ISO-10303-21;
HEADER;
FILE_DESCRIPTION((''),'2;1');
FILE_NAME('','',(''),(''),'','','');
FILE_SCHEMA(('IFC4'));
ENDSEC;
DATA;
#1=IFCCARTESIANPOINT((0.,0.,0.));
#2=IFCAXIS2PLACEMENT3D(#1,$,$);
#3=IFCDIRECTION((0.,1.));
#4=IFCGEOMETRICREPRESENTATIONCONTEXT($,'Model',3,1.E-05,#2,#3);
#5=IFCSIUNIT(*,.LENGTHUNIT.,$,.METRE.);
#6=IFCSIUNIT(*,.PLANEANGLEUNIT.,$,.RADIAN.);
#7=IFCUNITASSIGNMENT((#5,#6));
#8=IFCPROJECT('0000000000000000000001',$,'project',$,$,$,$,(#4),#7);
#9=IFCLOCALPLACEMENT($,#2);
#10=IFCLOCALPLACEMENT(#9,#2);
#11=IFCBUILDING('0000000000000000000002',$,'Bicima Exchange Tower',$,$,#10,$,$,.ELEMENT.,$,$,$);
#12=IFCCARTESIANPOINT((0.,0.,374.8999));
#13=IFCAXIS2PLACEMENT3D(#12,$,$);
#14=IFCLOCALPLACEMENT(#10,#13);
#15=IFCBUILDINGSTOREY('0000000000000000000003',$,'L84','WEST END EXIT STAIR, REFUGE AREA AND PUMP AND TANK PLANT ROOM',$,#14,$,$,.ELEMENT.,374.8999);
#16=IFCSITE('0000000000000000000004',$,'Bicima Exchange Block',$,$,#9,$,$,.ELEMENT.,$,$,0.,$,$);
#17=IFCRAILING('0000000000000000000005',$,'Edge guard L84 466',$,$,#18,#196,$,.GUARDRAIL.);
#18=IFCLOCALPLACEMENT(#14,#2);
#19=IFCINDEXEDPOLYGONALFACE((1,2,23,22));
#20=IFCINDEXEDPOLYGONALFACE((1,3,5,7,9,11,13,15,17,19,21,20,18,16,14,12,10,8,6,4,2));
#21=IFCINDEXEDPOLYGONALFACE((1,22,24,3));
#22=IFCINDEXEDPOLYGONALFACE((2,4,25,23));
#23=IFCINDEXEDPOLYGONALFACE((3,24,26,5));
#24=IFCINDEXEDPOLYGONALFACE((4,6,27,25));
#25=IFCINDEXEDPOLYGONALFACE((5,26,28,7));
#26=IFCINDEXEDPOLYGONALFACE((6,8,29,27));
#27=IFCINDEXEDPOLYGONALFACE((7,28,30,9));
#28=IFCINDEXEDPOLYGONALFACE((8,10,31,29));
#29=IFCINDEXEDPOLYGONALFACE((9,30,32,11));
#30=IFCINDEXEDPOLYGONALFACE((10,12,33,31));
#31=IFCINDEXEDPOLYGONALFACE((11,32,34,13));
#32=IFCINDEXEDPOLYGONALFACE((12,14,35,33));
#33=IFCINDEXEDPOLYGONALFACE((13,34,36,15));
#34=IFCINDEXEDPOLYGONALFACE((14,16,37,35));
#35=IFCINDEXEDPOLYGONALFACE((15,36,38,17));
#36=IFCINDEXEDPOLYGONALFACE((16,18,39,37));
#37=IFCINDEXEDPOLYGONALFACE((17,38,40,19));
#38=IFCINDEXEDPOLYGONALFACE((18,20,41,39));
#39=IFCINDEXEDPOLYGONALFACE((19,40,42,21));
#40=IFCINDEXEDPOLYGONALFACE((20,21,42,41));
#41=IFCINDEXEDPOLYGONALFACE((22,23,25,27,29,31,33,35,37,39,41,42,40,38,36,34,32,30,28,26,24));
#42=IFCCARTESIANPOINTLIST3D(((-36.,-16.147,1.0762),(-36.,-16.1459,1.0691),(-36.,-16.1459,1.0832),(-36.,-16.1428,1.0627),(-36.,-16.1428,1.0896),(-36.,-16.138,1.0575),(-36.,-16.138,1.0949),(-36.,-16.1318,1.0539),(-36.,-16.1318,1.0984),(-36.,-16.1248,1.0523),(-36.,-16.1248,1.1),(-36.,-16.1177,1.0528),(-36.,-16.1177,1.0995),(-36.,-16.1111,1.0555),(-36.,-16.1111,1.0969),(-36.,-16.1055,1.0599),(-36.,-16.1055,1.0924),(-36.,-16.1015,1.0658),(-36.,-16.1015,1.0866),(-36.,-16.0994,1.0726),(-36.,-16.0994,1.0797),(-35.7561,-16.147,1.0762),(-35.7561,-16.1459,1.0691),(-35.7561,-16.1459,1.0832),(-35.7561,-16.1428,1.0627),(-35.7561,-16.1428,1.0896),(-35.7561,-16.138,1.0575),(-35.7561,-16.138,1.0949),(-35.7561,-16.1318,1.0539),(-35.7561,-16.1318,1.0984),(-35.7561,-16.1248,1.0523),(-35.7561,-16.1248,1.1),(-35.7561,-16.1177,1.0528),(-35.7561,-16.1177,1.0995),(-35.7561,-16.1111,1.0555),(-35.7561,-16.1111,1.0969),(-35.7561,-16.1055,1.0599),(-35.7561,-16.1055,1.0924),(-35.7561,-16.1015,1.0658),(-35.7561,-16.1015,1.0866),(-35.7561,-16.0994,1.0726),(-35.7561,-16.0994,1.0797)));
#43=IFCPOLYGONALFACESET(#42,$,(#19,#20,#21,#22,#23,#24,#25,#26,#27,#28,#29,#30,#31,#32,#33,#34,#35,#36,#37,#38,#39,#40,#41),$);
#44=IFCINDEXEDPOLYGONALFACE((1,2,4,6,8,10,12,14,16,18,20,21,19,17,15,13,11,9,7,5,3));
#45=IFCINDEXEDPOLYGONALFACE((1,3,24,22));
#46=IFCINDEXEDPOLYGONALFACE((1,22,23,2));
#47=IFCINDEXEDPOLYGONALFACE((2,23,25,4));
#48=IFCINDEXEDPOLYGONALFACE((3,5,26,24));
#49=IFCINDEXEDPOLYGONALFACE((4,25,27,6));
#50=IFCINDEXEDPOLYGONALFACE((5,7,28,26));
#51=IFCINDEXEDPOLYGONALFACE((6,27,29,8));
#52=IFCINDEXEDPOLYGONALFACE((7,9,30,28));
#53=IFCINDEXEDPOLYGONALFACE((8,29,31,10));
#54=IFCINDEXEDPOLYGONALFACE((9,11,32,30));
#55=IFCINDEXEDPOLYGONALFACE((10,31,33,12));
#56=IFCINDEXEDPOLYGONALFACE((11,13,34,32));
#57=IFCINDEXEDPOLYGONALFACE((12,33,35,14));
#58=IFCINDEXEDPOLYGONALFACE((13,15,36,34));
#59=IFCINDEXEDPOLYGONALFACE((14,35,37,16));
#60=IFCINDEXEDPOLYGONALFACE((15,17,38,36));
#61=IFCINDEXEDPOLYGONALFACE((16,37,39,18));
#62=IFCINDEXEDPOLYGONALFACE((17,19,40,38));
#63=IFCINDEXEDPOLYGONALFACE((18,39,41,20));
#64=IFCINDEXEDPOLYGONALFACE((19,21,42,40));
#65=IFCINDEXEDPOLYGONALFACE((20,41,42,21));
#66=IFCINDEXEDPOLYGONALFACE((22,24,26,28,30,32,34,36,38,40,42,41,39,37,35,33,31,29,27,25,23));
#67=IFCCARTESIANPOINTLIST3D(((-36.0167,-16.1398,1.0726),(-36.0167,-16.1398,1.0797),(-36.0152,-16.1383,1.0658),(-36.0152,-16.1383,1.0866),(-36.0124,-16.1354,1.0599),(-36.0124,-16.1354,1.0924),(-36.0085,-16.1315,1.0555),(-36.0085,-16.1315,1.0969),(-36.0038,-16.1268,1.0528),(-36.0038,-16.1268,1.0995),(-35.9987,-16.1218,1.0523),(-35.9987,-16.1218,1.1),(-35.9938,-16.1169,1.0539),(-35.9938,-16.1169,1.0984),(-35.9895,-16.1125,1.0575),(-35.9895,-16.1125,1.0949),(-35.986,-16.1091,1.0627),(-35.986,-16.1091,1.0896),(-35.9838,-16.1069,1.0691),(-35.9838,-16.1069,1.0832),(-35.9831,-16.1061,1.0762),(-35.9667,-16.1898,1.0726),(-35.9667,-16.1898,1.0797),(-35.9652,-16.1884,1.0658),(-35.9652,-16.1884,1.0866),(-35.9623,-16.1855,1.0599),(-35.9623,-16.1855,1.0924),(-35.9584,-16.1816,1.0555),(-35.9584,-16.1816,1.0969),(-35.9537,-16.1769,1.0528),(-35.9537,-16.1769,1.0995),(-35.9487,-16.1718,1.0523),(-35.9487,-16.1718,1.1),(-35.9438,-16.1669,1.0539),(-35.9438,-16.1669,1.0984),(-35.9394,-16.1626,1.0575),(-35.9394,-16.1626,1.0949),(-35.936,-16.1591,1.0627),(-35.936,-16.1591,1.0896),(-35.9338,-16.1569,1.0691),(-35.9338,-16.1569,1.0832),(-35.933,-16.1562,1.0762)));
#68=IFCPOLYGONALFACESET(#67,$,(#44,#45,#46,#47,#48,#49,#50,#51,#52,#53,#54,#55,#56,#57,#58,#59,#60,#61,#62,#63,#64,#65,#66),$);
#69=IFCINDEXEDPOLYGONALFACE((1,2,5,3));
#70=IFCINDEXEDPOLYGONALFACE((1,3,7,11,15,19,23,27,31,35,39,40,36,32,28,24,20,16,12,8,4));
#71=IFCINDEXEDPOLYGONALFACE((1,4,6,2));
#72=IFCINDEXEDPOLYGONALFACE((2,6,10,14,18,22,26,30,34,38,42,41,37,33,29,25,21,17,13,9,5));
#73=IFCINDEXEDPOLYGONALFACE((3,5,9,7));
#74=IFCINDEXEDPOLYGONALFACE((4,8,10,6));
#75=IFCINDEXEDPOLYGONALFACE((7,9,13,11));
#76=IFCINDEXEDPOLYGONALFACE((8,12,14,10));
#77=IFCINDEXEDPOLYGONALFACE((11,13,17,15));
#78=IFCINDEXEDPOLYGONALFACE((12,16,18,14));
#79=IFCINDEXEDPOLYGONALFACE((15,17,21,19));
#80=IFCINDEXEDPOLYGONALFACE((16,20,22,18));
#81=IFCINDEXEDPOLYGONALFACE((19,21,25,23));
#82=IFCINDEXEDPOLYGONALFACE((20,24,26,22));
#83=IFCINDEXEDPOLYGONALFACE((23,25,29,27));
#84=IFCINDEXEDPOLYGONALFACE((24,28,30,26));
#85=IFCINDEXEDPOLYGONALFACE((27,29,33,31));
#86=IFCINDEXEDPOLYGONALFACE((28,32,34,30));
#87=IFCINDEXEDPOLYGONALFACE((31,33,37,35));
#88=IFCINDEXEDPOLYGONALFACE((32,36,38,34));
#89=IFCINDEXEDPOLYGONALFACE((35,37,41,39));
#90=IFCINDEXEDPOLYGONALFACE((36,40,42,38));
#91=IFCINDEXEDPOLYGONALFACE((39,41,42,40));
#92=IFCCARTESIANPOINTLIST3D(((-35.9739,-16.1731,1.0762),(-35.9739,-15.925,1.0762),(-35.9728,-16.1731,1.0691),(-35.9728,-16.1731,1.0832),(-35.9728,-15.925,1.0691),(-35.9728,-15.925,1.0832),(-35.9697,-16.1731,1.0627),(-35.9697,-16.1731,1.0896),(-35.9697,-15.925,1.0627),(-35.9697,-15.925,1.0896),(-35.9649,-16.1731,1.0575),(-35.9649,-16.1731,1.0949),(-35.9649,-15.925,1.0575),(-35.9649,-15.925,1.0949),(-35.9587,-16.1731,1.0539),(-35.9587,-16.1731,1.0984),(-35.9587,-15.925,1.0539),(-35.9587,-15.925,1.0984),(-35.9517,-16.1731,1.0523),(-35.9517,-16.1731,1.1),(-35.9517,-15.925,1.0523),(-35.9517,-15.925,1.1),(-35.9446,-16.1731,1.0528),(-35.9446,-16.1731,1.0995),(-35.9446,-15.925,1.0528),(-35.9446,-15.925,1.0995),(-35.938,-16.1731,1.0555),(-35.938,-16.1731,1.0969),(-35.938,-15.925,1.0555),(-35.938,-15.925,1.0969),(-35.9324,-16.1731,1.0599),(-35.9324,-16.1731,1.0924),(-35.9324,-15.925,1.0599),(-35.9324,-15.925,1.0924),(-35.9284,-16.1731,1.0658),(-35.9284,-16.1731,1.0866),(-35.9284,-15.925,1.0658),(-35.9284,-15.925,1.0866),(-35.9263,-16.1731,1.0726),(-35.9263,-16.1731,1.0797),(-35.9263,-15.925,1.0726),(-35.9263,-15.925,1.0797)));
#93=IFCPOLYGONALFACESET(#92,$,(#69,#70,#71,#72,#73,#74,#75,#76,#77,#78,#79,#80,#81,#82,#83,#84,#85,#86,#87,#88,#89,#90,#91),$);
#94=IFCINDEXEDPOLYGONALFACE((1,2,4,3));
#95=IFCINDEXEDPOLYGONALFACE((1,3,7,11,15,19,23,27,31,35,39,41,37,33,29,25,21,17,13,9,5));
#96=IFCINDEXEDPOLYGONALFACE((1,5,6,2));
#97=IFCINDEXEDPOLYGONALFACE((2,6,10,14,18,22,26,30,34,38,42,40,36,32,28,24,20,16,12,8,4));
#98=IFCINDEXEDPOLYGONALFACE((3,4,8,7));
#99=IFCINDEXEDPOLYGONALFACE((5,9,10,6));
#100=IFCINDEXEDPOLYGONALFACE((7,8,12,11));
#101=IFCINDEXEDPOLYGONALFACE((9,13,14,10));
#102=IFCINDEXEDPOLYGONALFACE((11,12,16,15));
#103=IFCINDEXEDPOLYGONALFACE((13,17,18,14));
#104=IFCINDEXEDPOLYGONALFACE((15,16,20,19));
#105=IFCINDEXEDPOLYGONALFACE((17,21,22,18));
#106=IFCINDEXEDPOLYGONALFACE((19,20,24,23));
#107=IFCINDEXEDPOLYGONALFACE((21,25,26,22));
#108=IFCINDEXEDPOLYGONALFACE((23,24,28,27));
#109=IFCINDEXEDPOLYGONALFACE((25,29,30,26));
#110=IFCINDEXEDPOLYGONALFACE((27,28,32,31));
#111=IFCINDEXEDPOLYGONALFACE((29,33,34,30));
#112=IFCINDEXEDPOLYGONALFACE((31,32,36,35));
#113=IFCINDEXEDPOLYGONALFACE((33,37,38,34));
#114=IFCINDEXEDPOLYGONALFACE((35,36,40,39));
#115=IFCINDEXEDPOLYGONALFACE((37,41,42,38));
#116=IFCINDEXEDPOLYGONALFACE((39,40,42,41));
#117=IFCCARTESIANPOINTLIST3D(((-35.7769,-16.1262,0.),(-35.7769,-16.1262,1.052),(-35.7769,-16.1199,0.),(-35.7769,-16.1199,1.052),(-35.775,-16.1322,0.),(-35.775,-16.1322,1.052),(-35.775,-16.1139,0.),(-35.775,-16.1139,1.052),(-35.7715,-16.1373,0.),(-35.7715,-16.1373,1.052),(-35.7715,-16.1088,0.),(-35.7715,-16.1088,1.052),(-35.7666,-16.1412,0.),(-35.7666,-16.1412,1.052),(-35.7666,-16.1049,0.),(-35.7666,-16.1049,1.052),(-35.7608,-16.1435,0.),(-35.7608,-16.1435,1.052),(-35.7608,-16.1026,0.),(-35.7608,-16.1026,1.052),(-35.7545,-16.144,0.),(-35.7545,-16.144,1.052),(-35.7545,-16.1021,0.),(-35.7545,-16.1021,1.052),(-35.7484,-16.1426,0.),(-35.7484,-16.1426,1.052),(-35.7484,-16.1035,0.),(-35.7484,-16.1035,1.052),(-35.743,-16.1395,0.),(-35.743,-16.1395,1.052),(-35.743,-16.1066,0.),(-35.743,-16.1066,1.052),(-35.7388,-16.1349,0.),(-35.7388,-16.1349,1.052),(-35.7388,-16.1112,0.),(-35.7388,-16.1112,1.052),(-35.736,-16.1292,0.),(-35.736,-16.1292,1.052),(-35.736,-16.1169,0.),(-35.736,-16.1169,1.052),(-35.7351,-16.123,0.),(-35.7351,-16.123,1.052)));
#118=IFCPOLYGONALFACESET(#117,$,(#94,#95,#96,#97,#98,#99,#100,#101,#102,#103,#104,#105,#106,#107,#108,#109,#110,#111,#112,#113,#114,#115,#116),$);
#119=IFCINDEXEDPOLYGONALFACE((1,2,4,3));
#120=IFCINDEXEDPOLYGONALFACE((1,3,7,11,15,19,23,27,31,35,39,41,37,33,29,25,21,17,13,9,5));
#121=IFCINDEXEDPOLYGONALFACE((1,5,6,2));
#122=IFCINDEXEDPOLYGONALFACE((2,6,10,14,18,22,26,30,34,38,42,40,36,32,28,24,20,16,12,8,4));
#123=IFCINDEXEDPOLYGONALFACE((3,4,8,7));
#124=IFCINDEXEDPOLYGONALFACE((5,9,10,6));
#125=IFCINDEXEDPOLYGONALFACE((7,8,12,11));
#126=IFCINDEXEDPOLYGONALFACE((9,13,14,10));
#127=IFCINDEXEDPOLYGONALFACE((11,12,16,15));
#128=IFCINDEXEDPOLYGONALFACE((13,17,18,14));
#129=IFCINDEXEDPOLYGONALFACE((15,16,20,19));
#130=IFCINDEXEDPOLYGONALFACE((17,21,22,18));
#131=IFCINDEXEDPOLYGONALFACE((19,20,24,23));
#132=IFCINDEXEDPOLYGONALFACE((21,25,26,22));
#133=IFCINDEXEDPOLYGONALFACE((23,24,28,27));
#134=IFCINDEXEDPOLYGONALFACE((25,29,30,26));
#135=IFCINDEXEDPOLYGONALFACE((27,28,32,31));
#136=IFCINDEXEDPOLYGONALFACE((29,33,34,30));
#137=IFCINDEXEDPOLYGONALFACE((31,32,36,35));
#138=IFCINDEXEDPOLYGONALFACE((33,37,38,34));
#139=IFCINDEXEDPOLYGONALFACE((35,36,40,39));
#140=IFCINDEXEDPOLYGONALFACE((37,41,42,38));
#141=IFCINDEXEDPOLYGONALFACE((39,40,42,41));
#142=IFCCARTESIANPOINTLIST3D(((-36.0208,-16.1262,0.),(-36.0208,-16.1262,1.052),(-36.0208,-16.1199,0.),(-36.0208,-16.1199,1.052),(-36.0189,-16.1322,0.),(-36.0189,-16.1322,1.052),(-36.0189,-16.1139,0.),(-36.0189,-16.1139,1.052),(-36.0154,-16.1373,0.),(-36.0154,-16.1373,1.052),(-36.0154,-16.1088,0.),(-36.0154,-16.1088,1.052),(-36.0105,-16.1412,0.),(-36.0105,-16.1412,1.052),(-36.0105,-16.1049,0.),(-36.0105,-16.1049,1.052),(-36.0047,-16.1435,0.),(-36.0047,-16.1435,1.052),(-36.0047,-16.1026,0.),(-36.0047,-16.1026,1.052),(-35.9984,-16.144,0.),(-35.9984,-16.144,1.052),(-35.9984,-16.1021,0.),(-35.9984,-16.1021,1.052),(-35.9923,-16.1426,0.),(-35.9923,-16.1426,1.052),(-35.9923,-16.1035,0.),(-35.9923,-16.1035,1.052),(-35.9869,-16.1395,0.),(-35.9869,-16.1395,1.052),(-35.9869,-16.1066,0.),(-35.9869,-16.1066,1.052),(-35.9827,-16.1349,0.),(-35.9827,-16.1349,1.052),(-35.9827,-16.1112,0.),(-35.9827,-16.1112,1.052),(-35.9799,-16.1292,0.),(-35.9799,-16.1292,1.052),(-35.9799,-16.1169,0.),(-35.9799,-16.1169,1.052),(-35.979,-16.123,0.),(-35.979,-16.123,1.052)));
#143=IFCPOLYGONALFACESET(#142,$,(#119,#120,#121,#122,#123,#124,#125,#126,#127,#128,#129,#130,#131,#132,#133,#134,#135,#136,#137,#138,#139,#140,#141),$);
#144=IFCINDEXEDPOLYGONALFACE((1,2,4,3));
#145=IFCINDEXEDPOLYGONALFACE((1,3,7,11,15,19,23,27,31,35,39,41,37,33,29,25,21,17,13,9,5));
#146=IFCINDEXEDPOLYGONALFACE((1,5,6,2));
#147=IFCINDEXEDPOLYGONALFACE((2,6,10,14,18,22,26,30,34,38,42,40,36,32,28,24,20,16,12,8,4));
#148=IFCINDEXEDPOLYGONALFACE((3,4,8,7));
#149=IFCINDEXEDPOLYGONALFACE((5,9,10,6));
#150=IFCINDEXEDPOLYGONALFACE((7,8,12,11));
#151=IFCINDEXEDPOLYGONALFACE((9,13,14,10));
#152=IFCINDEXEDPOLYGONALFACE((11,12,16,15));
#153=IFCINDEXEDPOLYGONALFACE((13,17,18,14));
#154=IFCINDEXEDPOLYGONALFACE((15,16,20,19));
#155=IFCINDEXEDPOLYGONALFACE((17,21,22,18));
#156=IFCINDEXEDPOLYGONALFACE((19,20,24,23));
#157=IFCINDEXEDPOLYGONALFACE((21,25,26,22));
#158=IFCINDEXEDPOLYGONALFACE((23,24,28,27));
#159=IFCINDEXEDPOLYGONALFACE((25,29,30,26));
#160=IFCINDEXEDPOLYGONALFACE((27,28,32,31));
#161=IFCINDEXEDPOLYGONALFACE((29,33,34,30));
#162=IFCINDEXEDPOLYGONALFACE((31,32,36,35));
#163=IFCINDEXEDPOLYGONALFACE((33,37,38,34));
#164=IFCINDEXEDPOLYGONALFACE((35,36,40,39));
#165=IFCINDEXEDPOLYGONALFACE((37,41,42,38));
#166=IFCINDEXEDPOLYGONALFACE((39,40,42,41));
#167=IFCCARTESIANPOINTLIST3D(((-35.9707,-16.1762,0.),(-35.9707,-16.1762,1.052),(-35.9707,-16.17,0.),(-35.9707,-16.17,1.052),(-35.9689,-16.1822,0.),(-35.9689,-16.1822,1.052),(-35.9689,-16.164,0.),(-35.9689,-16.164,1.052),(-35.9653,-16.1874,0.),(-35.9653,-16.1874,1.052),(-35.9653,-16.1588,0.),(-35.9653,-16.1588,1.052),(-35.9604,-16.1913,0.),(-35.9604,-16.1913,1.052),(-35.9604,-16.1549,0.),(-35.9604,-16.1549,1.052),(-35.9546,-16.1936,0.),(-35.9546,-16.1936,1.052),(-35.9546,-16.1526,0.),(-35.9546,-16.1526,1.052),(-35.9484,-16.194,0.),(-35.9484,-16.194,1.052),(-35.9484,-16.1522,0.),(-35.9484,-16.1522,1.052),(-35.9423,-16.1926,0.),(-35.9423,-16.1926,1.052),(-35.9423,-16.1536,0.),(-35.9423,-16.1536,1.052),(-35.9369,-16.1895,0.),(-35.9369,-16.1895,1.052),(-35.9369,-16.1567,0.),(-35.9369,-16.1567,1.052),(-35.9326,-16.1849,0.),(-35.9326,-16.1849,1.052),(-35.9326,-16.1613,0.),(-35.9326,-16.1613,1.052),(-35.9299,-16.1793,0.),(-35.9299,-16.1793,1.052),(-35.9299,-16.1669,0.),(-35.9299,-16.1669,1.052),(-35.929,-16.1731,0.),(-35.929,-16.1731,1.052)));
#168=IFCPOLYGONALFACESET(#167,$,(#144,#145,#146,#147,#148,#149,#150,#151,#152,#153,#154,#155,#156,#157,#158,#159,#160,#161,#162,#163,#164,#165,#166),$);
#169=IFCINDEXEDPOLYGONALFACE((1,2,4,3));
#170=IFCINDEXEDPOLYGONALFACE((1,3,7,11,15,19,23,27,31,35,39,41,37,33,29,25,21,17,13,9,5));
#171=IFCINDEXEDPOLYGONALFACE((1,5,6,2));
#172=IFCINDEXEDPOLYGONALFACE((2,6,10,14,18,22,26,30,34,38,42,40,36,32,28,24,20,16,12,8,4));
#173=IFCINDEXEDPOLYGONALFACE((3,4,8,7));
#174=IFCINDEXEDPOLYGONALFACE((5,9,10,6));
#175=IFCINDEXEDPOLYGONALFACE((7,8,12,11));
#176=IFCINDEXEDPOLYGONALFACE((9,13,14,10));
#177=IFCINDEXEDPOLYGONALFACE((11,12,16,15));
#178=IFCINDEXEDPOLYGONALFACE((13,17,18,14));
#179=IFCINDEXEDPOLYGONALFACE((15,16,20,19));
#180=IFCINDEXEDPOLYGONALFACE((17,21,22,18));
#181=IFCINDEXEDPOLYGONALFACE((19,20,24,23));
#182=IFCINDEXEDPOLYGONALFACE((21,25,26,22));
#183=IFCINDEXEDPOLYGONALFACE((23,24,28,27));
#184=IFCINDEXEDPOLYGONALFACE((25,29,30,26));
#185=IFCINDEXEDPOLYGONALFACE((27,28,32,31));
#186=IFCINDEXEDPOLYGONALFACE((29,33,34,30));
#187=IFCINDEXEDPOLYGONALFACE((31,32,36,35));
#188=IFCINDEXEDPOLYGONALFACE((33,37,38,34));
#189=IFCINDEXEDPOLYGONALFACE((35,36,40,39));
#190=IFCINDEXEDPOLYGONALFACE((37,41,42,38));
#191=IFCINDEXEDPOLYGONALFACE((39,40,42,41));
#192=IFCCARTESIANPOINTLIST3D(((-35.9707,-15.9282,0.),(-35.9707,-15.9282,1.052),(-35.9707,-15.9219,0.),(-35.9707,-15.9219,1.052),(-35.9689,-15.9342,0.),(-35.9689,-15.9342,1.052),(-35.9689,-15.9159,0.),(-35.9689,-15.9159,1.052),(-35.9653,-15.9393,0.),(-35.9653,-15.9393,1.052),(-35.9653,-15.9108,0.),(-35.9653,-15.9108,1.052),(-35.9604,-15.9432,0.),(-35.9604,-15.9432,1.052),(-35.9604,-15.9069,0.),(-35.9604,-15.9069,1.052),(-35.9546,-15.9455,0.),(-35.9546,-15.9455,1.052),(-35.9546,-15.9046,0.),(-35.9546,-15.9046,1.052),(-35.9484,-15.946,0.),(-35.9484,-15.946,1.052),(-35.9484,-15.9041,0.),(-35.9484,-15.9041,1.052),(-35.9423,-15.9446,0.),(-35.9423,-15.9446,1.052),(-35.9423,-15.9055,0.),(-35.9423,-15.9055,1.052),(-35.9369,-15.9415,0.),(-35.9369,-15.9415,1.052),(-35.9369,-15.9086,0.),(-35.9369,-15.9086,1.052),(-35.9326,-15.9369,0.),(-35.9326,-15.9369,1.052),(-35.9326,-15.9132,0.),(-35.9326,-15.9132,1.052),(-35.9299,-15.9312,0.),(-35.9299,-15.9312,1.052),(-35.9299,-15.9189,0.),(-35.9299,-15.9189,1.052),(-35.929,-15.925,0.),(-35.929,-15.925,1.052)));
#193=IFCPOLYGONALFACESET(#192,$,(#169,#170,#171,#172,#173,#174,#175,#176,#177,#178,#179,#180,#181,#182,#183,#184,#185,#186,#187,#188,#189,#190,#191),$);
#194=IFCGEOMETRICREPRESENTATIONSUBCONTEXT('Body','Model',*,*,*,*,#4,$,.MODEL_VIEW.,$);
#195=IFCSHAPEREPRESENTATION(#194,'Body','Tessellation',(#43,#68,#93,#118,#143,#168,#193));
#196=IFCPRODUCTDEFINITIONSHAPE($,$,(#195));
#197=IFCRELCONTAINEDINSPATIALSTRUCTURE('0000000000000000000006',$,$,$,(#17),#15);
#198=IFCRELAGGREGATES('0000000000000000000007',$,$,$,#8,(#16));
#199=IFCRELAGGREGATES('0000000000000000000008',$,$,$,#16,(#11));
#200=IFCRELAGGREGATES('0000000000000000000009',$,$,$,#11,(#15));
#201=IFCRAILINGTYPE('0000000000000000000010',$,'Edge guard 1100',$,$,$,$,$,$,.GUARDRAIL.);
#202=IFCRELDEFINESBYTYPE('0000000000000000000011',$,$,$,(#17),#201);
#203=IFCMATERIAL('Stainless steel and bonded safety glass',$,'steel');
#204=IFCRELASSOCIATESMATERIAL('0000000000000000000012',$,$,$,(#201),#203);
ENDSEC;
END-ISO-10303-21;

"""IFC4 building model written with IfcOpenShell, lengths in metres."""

from ifc_helpers import new_model, si_unit, direction, frame, origin, origin_2d, place, context, subcontext, project, spatial, circle, extrude, material, type_object, element, save


model = new_model("IFC4")

# Units and contexts
model_context = context("Model", 3, precision=1e-05, world=origin(), true_north=direction((0.0, 1.0)))
body_context = subcontext(model_context, "Body", "Model", "MODEL_VIEW")
ifc_project = project(units=[si_unit("LENGTHUNIT", "METRE"), si_unit("PLANEANGLEUNIT", "RADIAN")], contexts=[model_context])

# Site, building, storey
site_placement = place(None, origin())
site = spatial("IfcSite", under=ifc_project, at=site_placement, Name="Bicima Exchange Block", CompositionType="ELEMENT", RefElevation=0.0)
building_placement = place(site_placement, origin())
building = spatial("IfcBuilding", under=site, at=building_placement, Name="Bicima Exchange Tower", CompositionType="ELEMENT")
storey_placement = place(building_placement, frame((0.0, 0.0, 374.8999)))
storey = spatial("IfcBuildingStorey", under=building, at=storey_placement, Name="L84", Description="WEST END EXIT STAIR, REFUGE AREA AND PUMP AND TANK PLANT ROOM", CompositionType="ELEMENT", Elevation=374.8999)

# Railing
ifc_material_1 = material(Name="Stainless steel and bonded safety glass", Category="steel")
railing_type = type_object("IfcRailingType", Name="Edge guard 1100", PredefinedType="GUARDRAIL", material=ifc_material_1)
railing_1_placement = place(storey_placement, frame((-35.7561, -16.123, 0.0)))
element("IfcRailing", 1, at=railing_1_placement, inside=storey, type_object=railing_type, Name="Edge guard L84 466", PredefinedType="GUARDRAIL", context=body_context, shape_type="SweptSolid", body=[
    extrude(circle(Radius=0.0239, at=origin_2d()), frame((0.0, 0.0, 1.0762), z_axis=(-1.0, 0.0, 0.0), x_axis=(0.0, -1.0, 0.0)), (0.0, 0.0, 1.0), 0.2439),
    extrude(circle(Radius=0.0239, at=origin_2d()), frame((-0.2439, 0.0, 1.0762), z_axis=(0.707107, -0.707107, 0.0), x_axis=(0.707107, 0.707107, 0.0)), (0.0, 0.0, 1.0), 0.0708),
    extrude(circle(Radius=0.0239, at=origin_2d()), frame((-0.1938, -0.05, 1.0762), z_axis=(0.0, 1.0, 0.0), x_axis=(-1.0, 0.0, 0.0)), (0.0, 0.0, 1.0), 0.248),
    extrude(circle(Radius=0.021, at=origin_2d()), origin(), (0.0, 0.0, 1.0), 1.052),
    extrude(circle(Radius=0.021, at=origin_2d()), frame((-0.2439, 0.0, 0.0)), (0.0, 0.0, 1.0), 1.052),
    extrude(circle(Radius=0.021, at=origin_2d()), frame((-0.1938, -0.05, 0.0)), (0.0, 0.0, 1.0), 1.052),
    extrude(circle(Radius=0.021, at=origin_2d()), frame((-0.1938, 0.198, 0.0)), (0.0, 0.0, 1.0), 1.052),
])

save(model, "model.ifc")
